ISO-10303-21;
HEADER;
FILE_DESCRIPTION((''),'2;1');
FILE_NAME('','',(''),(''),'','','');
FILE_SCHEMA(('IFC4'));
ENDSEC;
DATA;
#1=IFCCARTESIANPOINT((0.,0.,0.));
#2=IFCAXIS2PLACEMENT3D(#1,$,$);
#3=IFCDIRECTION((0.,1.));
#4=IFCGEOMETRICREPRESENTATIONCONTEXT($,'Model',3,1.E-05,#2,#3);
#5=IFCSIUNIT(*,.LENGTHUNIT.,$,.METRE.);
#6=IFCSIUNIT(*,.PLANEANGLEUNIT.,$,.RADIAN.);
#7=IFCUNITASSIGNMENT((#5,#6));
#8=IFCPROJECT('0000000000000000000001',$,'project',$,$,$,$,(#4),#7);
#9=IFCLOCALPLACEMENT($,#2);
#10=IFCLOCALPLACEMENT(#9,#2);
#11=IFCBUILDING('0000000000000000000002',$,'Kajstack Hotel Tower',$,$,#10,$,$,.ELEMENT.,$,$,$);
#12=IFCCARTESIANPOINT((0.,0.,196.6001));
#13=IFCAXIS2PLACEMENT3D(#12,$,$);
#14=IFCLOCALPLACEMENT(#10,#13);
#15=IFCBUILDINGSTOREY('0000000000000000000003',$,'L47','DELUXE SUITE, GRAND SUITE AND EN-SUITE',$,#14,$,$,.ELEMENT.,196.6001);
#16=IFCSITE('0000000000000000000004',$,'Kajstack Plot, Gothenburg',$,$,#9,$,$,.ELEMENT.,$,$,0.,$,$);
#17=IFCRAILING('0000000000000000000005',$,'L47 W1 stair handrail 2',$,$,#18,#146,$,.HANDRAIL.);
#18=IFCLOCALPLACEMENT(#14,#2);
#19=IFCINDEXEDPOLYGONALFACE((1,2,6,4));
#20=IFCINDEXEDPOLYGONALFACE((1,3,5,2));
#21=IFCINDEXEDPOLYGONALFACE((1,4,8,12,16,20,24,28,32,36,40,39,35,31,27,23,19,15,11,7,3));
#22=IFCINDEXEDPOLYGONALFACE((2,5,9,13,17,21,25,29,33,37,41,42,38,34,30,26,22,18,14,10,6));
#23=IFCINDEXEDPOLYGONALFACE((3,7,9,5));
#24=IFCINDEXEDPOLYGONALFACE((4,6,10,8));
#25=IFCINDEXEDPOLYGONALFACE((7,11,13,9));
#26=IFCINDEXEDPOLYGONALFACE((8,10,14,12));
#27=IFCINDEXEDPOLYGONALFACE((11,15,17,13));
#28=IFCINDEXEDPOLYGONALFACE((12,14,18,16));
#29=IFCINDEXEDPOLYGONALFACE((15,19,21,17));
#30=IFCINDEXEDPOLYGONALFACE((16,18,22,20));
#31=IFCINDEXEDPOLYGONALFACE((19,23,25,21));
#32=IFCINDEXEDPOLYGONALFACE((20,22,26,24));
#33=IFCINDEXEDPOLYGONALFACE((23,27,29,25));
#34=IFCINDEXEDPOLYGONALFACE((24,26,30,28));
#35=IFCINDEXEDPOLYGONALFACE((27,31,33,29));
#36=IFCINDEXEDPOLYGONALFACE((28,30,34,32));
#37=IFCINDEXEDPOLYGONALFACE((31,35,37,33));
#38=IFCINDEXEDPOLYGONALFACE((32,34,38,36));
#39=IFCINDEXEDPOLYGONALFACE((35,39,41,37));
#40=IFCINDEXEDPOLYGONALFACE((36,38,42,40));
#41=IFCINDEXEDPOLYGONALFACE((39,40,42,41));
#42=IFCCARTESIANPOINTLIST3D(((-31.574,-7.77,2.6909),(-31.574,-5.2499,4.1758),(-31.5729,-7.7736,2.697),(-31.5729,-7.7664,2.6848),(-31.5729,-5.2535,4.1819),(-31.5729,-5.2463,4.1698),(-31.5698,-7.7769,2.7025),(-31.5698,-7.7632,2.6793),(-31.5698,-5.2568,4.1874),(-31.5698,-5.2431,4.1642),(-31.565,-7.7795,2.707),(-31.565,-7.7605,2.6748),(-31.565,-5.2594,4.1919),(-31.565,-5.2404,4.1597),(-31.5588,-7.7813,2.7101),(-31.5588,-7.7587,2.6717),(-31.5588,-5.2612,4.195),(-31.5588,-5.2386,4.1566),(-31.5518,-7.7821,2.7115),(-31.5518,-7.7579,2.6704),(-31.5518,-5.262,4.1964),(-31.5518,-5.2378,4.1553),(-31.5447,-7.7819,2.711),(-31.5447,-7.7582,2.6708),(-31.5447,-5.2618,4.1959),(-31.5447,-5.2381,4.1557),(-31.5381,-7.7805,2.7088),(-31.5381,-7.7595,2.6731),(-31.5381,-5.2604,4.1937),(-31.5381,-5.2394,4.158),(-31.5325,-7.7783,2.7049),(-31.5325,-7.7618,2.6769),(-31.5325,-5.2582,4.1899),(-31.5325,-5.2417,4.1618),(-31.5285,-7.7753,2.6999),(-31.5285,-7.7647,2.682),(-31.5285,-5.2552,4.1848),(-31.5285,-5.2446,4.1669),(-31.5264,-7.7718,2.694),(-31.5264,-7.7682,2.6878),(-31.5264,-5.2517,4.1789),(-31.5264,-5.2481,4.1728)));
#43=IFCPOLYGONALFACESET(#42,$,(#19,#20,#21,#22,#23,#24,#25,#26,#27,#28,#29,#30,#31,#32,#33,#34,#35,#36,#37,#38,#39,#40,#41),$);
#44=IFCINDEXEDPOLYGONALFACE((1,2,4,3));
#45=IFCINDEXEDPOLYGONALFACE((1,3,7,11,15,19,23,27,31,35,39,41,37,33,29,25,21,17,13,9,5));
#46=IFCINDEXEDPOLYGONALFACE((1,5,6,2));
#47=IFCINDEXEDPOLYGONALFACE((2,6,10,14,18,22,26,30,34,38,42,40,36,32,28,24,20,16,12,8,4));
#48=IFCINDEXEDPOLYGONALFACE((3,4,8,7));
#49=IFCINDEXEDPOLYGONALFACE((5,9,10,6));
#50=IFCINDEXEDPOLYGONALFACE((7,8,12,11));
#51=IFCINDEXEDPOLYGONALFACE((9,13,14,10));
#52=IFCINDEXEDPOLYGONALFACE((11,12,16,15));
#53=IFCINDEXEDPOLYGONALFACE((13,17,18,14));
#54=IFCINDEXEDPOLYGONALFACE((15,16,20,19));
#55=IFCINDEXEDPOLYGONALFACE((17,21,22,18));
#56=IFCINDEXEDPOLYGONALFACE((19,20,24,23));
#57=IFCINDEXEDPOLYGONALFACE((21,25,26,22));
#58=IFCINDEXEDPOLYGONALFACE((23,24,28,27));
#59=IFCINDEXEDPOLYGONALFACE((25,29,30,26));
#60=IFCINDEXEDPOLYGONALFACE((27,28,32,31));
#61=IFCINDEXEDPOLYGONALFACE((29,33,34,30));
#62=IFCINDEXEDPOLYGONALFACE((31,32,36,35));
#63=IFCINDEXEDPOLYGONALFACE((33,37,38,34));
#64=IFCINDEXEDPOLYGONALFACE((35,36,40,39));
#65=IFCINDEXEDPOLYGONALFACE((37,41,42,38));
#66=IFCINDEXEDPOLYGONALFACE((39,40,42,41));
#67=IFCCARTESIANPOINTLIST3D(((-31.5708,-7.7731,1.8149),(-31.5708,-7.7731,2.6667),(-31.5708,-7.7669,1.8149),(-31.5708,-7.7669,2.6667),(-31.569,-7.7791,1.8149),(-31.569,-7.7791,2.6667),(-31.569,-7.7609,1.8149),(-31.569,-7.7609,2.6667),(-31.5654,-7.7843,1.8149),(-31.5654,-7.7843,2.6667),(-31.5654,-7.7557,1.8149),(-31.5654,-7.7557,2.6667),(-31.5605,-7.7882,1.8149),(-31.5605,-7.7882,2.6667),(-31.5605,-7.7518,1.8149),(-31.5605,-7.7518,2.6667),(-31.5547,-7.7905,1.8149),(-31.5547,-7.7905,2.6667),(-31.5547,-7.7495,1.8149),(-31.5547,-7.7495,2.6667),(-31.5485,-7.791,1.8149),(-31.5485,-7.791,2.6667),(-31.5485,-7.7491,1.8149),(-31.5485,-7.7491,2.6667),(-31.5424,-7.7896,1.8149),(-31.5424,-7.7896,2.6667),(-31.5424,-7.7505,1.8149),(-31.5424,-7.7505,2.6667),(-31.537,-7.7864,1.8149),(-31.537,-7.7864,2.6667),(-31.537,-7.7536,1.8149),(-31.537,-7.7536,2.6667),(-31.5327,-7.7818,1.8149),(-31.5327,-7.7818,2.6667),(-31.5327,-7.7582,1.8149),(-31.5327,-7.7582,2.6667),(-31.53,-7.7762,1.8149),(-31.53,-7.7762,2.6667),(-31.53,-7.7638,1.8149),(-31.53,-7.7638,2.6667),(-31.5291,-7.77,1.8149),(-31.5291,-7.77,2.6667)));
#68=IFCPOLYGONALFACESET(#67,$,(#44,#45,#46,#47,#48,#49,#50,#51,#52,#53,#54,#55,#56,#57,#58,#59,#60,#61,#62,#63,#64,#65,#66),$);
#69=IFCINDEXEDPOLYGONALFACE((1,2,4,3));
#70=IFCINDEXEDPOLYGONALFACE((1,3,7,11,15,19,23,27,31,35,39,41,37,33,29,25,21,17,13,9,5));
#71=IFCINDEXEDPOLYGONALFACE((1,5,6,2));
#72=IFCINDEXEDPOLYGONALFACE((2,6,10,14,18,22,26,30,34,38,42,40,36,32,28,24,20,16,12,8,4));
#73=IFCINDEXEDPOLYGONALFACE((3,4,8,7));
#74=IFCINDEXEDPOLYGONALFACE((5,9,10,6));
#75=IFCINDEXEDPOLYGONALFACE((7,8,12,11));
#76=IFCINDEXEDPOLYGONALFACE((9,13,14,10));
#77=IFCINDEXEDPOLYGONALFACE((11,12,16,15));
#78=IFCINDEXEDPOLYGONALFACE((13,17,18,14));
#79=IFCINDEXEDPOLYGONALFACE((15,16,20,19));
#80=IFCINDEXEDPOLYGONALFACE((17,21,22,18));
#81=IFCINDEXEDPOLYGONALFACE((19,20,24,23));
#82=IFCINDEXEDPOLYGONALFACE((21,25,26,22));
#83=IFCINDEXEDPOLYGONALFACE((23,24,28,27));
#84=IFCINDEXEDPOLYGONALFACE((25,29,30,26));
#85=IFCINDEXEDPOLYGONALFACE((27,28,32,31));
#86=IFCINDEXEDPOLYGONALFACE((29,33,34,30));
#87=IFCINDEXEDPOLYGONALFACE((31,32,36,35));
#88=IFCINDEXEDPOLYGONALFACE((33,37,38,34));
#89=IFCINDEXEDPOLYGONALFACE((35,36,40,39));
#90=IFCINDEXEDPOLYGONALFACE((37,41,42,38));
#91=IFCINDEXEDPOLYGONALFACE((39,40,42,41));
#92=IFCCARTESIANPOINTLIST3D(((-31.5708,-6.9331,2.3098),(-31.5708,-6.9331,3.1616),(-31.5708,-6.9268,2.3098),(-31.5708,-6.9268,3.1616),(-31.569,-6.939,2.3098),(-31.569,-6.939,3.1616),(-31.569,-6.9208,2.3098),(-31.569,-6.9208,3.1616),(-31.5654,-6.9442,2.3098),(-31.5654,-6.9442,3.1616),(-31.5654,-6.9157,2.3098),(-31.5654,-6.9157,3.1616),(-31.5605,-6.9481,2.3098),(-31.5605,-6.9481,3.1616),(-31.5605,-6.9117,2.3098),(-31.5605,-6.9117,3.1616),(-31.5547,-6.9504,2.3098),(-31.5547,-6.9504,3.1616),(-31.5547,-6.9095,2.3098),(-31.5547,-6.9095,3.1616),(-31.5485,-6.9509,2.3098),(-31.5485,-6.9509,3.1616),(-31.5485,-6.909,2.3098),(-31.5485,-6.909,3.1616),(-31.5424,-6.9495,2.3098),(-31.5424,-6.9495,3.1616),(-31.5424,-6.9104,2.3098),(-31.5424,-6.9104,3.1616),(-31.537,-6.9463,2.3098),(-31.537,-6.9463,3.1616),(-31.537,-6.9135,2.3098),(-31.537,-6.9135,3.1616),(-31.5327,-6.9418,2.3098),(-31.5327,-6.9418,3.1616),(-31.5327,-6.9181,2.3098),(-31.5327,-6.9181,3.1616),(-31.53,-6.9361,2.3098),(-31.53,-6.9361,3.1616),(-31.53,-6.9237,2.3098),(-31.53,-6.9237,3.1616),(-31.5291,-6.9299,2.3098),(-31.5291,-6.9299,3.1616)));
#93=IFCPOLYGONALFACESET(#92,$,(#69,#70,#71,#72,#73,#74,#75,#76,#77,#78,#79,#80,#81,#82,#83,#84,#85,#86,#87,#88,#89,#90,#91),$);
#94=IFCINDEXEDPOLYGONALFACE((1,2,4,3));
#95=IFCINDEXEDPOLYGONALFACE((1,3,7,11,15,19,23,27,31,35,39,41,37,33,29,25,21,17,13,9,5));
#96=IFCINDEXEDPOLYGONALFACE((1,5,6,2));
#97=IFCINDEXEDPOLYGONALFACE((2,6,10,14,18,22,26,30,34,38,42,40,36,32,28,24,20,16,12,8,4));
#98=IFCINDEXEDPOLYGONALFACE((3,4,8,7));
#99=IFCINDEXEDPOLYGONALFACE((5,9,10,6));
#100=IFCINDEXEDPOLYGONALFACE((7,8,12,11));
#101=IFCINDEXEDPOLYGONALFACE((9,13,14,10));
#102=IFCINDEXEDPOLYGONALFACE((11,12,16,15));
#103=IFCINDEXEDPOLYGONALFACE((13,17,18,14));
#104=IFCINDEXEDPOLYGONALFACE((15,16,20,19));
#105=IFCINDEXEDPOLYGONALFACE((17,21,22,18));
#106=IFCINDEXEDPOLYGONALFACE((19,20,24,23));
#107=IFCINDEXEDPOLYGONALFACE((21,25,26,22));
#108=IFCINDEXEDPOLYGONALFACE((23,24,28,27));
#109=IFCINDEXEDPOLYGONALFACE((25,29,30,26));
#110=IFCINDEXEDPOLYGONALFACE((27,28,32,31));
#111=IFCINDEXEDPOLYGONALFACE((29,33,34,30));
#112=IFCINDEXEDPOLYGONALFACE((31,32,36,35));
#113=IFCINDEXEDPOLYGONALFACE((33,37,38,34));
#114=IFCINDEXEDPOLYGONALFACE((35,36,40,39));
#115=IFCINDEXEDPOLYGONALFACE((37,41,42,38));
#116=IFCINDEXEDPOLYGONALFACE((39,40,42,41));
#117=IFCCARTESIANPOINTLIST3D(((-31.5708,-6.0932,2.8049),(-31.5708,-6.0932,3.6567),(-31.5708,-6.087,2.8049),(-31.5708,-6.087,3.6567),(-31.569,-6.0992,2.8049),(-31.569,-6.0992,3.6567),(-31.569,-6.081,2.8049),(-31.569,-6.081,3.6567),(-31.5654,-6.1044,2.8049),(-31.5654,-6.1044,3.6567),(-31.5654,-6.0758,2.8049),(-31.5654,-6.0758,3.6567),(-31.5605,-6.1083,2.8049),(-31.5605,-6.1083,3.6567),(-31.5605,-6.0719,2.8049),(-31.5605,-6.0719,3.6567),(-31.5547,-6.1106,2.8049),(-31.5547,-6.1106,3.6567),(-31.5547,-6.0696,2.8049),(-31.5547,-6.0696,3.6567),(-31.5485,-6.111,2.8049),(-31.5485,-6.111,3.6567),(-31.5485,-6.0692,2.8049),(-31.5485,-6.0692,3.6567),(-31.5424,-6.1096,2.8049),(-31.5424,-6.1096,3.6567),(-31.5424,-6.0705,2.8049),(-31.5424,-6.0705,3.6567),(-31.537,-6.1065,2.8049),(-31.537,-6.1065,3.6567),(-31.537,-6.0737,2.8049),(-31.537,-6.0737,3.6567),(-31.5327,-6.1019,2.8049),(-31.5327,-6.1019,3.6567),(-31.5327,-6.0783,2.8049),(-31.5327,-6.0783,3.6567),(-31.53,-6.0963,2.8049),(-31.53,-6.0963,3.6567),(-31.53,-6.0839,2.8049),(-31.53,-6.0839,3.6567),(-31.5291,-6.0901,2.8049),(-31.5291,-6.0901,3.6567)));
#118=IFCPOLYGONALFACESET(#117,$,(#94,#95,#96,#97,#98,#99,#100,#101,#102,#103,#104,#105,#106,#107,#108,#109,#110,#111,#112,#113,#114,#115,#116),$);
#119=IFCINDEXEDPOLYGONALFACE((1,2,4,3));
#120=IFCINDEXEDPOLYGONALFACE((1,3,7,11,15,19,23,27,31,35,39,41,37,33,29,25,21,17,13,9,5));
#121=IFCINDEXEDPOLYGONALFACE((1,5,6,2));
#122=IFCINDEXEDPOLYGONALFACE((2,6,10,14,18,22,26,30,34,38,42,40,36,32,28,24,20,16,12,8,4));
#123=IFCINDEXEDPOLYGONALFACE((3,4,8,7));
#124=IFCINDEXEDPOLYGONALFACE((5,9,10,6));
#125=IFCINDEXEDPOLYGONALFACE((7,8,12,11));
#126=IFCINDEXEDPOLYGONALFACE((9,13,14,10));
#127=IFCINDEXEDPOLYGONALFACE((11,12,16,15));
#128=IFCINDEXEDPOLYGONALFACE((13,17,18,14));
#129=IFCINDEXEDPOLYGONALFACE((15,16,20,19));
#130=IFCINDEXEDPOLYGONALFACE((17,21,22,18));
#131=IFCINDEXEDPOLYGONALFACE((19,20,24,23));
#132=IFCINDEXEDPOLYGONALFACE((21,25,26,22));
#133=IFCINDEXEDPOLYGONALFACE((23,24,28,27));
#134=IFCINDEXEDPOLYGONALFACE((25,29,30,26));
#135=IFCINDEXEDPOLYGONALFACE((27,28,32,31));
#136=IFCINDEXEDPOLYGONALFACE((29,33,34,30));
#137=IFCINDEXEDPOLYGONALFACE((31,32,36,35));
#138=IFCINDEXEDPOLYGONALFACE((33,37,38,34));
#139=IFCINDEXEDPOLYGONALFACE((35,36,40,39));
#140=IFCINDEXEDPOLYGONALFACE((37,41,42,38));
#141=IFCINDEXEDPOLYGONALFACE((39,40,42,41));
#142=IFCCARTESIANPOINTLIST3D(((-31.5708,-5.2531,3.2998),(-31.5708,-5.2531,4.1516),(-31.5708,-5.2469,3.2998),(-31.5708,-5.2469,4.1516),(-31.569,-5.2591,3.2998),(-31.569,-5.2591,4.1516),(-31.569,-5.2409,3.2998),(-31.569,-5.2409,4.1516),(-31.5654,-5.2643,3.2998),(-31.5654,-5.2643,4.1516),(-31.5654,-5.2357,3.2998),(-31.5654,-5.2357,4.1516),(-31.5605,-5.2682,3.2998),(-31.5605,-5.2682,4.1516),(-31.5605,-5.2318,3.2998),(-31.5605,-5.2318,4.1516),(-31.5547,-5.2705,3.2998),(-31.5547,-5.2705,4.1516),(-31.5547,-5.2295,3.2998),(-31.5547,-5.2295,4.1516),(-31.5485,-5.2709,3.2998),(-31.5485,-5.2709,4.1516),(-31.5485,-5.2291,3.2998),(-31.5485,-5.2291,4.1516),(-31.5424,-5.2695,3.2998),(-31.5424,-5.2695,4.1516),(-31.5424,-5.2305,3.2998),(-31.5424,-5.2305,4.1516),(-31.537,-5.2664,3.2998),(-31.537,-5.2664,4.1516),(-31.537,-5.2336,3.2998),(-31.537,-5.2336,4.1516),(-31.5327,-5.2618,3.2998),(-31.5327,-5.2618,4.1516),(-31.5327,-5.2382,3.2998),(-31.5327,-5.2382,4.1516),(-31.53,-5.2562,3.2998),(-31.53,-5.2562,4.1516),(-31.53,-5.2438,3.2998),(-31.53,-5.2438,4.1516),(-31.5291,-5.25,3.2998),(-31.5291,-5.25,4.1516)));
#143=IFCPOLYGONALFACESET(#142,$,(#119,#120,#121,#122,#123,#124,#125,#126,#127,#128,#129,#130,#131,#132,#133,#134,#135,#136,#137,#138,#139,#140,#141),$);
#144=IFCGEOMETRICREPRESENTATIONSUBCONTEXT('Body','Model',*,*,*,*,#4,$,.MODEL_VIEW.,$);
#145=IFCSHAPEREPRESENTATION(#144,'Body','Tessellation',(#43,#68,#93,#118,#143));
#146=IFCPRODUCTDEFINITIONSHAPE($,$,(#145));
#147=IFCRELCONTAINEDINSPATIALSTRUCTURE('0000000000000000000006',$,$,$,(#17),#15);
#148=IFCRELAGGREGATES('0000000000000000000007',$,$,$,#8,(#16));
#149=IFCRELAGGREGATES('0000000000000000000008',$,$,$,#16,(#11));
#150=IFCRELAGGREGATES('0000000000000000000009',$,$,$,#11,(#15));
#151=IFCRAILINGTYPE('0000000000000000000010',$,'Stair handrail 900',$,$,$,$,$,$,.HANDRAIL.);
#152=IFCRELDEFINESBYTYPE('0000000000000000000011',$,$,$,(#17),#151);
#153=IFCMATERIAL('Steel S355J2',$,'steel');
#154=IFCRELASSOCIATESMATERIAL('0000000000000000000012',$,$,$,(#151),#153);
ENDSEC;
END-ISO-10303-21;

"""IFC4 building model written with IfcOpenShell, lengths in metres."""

from ifc_helpers import new_model, si_unit, direction, frame, origin, origin_2d, place, context, subcontext, project, spatial, circle, extrude, material, type_object, element, save


model = new_model("IFC4")

# Units and contexts
model_context = context("Model", 3, precision=1e-05, world=origin(), true_north=direction((0.0, 1.0)))
body_context = subcontext(model_context, "Body", "Model", "MODEL_VIEW")
ifc_project = project(units=[si_unit("LENGTHUNIT", "METRE"), si_unit("PLANEANGLEUNIT", "RADIAN")], contexts=[model_context])

# Site, building, storey
site_placement = place(None, origin())
site = spatial("IfcSite", under=ifc_project, at=site_placement, Name="Kajstack Plot, Gothenburg", CompositionType="ELEMENT", RefElevation=0.0)
building_placement = place(site_placement, origin())
building = spatial("IfcBuilding", under=site, at=building_placement, Name="Kajstack Hotel Tower", CompositionType="ELEMENT")
storey_placement = place(building_placement, frame((0.0, 0.0, 196.6001)))
storey = spatial("IfcBuildingStorey", under=building, at=storey_placement, Name="L47", Description="DELUXE SUITE, GRAND SUITE AND EN-SUITE", CompositionType="ELEMENT", Elevation=196.6001)

# Railing
ifc_material_1 = material(Name="Steel S355J2", Category="steel")
railing_type_1 = type_object("IfcRailingType", Name="Stair handrail 900", PredefinedType="HANDRAIL", material=ifc_material_1)
railing_1_placement = place(storey_placement, frame((-31.55, -7.77, 1.8149)))
element("IfcRailing", 1, at=railing_1_placement, inside=storey, type_object=railing_type_1, Name="L47 W1 stair handrail 2", PredefinedType="HANDRAIL", context=body_context, shape_type="SweptSolid", body=[
    extrude(circle(Radius=0.0239, at=origin_2d()), frame((0.0, 0.0, 0.876), z_axis=(0.0, 0.861561, 0.507655), x_axis=(-1.0, 0.0, 0.0)), (0.0, 0.0, 1.0), 2.925),
    extrude(circle(Radius=0.021, at=origin_2d()), origin(), (0.0, 0.0, 1.0), 0.8518),
    extrude(circle(Radius=0.021, at=origin_2d()), frame((0.0, 0.8401, 0.4949)), (0.0, 0.0, 1.0), 0.8518),
    extrude(circle(Radius=0.021, at=origin_2d()), frame((0.0, 1.6799, 0.99)), (0.0, 0.0, 1.0), 0.8518),
    extrude(circle(Radius=0.021, at=origin_2d()), frame((0.0, 2.52, 1.4849)), (0.0, 0.0, 1.0), 0.8518),
])

save(model, "model.ifc")
